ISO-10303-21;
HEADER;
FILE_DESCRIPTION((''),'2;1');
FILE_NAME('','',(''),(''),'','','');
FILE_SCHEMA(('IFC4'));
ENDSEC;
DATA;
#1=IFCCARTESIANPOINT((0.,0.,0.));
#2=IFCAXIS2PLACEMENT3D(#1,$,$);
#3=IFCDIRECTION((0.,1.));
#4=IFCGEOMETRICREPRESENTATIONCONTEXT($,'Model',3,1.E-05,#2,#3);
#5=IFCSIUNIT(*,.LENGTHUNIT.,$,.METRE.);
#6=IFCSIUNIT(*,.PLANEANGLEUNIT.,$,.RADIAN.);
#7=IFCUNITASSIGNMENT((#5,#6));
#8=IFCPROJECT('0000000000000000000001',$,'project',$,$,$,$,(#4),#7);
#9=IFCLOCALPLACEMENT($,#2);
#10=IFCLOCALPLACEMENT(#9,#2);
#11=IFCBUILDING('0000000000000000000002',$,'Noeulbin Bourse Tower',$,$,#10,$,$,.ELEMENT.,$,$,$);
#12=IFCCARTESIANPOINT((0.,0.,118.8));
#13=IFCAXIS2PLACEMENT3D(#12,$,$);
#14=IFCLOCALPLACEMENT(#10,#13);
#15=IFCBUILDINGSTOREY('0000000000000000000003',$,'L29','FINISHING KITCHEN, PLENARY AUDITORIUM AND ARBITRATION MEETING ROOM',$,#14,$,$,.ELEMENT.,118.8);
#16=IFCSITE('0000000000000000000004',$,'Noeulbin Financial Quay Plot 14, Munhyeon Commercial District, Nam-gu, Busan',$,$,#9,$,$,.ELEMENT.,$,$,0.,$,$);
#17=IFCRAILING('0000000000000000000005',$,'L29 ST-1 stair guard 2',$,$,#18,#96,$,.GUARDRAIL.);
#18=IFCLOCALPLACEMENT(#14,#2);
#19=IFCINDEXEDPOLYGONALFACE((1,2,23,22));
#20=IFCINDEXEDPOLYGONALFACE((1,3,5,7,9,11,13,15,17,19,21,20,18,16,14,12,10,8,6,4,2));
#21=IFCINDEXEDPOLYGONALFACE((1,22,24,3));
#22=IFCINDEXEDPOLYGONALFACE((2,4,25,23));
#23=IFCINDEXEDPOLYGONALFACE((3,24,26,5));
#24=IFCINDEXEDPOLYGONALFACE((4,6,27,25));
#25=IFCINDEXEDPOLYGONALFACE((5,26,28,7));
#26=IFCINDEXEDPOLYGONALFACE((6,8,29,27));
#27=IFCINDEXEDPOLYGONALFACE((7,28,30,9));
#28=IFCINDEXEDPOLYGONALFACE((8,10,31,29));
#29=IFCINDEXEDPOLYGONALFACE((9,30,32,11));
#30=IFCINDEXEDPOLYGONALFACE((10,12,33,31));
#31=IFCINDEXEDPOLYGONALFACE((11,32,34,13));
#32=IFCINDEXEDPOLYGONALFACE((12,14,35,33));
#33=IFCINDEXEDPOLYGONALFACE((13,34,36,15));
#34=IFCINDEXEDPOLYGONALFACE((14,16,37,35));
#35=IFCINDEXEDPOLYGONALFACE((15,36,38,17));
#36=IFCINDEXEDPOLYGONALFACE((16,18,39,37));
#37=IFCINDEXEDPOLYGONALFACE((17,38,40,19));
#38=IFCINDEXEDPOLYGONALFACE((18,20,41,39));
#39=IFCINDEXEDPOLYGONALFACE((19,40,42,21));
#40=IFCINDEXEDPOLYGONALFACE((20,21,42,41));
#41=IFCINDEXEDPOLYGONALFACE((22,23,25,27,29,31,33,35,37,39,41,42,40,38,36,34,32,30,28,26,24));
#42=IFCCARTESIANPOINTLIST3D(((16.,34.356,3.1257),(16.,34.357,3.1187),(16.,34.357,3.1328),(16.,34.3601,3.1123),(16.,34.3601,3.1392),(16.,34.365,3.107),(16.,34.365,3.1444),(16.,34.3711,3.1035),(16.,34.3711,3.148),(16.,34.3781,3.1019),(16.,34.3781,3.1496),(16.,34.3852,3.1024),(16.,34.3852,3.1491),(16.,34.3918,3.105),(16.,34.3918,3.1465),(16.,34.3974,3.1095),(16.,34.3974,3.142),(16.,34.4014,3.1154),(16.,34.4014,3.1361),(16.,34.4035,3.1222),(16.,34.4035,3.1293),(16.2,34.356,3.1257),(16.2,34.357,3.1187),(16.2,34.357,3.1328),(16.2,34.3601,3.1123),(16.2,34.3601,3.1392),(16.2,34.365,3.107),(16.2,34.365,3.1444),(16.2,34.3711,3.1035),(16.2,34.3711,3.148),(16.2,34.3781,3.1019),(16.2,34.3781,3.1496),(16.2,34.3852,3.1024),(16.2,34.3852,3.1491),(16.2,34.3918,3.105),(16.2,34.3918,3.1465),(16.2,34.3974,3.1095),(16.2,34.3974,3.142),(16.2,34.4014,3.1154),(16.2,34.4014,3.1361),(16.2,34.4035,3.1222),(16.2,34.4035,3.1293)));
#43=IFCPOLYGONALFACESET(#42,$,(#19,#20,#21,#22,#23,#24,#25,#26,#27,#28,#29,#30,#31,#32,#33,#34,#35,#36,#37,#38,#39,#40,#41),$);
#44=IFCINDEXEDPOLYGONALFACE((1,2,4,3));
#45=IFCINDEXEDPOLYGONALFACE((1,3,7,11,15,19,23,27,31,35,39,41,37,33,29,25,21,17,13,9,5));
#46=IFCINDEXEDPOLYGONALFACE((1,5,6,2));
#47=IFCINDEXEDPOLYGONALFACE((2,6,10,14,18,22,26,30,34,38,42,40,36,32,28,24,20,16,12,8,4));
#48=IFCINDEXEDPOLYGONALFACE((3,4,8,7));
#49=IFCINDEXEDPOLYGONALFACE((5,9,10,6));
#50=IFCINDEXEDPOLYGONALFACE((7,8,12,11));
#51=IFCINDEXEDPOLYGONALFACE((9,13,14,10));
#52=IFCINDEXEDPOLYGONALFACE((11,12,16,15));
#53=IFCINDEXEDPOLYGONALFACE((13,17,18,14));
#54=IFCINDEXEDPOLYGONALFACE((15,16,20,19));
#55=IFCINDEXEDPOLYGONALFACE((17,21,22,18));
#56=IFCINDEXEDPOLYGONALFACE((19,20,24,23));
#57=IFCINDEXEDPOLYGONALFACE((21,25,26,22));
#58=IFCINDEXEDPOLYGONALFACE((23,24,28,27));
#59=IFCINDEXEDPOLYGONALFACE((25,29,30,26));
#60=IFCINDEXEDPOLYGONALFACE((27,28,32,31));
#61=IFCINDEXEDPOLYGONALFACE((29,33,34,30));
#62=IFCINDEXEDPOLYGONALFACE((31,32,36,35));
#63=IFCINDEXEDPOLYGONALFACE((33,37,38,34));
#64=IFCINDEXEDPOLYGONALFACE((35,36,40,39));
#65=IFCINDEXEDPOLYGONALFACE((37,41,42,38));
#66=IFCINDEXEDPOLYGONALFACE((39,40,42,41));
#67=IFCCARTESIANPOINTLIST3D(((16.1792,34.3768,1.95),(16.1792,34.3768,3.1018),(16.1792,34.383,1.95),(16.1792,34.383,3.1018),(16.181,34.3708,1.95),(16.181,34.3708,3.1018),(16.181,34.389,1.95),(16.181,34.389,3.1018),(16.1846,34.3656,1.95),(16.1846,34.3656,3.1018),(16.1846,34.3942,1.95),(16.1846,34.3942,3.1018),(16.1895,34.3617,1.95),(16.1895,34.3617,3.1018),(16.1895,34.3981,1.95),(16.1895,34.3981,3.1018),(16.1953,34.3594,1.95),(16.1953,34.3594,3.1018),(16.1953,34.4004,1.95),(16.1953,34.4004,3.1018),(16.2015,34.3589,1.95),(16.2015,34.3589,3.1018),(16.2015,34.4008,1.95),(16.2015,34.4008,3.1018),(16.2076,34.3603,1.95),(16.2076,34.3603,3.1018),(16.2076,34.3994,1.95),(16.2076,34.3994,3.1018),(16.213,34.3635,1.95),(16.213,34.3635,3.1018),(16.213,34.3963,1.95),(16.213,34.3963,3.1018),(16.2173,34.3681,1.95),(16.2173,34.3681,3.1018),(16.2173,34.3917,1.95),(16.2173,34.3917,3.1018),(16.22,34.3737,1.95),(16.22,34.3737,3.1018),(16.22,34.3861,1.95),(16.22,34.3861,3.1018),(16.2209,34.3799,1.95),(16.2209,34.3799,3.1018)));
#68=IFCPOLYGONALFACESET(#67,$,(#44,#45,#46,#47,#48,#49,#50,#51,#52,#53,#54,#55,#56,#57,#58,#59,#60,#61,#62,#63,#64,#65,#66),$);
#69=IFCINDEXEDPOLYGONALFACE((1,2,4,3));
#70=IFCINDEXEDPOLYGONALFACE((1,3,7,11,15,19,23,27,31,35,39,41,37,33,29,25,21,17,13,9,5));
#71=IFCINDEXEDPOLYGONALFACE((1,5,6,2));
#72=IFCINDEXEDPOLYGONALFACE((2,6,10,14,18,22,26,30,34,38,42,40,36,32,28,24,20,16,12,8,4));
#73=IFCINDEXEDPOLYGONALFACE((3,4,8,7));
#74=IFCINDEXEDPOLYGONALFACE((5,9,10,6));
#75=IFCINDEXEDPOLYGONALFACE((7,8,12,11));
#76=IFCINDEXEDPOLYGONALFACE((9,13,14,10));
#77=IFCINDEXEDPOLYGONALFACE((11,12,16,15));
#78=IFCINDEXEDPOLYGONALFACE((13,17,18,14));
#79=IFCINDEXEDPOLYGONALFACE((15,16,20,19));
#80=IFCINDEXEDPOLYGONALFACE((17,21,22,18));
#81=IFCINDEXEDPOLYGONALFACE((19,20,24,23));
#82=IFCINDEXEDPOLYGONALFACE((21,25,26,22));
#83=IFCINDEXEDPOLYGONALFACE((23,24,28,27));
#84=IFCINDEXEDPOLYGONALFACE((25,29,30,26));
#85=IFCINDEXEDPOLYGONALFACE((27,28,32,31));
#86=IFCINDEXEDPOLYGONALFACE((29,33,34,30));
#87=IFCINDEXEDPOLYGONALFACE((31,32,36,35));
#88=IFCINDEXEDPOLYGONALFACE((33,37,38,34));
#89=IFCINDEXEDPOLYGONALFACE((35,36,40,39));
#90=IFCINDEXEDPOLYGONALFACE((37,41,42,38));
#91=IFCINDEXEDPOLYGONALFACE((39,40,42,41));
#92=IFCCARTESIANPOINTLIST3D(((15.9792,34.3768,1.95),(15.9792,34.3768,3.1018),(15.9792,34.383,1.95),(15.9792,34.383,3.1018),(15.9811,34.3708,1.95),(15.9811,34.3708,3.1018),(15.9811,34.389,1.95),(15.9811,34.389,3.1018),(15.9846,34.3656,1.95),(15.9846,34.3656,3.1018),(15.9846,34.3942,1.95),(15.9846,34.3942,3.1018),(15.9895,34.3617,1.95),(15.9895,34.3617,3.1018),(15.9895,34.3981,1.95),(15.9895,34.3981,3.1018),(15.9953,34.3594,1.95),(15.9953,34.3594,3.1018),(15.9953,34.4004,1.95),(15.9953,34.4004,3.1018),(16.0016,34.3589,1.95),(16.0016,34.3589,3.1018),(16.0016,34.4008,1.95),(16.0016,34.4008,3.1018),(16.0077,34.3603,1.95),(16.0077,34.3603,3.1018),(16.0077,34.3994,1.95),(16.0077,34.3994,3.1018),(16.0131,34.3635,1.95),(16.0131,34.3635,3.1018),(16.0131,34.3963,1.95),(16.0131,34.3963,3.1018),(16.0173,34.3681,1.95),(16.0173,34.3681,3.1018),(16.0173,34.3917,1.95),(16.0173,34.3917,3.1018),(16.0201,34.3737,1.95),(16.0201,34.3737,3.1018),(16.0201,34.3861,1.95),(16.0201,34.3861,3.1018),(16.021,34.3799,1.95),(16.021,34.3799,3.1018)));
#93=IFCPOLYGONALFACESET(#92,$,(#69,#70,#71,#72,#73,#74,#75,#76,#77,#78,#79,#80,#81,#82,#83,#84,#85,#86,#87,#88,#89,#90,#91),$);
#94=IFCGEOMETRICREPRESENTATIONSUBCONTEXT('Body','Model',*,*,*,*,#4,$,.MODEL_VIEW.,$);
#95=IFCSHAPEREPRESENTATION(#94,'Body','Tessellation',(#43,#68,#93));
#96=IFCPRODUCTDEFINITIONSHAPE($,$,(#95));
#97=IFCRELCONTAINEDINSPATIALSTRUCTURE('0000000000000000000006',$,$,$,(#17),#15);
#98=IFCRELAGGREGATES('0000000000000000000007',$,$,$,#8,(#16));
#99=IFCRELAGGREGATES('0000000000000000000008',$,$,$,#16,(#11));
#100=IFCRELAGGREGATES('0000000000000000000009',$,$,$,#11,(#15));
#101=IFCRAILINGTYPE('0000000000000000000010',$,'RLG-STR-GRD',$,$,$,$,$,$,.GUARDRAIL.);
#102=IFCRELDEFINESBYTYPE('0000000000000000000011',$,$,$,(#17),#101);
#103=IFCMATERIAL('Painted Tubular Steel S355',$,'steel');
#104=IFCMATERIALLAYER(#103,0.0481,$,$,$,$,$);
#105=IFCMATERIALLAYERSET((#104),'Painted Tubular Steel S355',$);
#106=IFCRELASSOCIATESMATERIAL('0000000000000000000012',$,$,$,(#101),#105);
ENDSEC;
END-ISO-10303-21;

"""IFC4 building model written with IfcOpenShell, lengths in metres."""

from ifc_helpers import new_model, si_unit, direction, frame, origin, origin_2d, place, context, subcontext, project, spatial, circle, extrude, material, layer, layer_set, type_object, element, save


model = new_model("IFC4")

# Units and contexts
model_context = context("Model", 3, precision=1e-05, world=origin(), true_north=direction((0.0, 1.0)))
body_context = subcontext(model_context, "Body", "Model", "MODEL_VIEW")
ifc_project = project(units=[si_unit("LENGTHUNIT", "METRE"), si_unit("PLANEANGLEUNIT", "RADIAN")], contexts=[model_context])

# Site, building, storey
site_placement = place(None, origin())
site = spatial("IfcSite", under=ifc_project, at=site_placement, Name="Noeulbin Financial Quay Plot 14, Munhyeon Commercial District, Nam-gu, Busan", CompositionType="ELEMENT", RefElevation=0.0)
building_placement = place(site_placement, origin())
building = spatial("IfcBuilding", under=site, at=building_placement, Name="Noeulbin Bourse Tower", CompositionType="ELEMENT")
storey_placement = place(building_placement, frame((0.0, 0.0, 118.8)))
storey = spatial("IfcBuildingStorey", under=building, at=storey_placement, Name="L29", Description="FINISHING KITCHEN, PLENARY AUDITORIUM AND ARBITRATION MEETING ROOM", CompositionType="ELEMENT", Elevation=118.8)

# Railing
ifc_material_1 = material(Name="Painted Tubular Steel S355", Category="steel")
ifc_layer_1 = layer(ifc_material_1, 0.0481)
ifc_layer_set_1 = layer_set([ifc_layer_1], Name="Painted Tubular Steel S355")
railing_type_1 = type_object("IfcRailingType", Name="RLG-STR-GRD", PredefinedType="GUARDRAIL", material=ifc_layer_set_1)
railing_1_placement = place(storey_placement, frame((16.2, 34.3799, 1.95)))
element("IfcRailing", 1, at=railing_1_placement, inside=storey, type_object=railing_type_1, Name="L29 ST-1 stair guard 2", PredefinedType="GUARDRAIL", context=body_context, shape_type="SweptSolid", body=[
    extrude(circle(Radius=0.0239, at=origin_2d()), frame((0.0, 0.0, 1.1758), z_axis=(-1.0, 0.0, 0.0), x_axis=(0.0, -1.0, 0.0)), (0.0, 0.0, 1.0), 0.2),
    extrude(circle(Radius=0.021, at=origin_2d()), origin(), (0.0, 0.0, 1.0), 1.1519),
    extrude(circle(Radius=0.021, at=origin_2d()), frame((-0.2, 0.0, 0.0)), (0.0, 0.0, 1.0), 1.1519),
])

save(model, "model.ifc")
